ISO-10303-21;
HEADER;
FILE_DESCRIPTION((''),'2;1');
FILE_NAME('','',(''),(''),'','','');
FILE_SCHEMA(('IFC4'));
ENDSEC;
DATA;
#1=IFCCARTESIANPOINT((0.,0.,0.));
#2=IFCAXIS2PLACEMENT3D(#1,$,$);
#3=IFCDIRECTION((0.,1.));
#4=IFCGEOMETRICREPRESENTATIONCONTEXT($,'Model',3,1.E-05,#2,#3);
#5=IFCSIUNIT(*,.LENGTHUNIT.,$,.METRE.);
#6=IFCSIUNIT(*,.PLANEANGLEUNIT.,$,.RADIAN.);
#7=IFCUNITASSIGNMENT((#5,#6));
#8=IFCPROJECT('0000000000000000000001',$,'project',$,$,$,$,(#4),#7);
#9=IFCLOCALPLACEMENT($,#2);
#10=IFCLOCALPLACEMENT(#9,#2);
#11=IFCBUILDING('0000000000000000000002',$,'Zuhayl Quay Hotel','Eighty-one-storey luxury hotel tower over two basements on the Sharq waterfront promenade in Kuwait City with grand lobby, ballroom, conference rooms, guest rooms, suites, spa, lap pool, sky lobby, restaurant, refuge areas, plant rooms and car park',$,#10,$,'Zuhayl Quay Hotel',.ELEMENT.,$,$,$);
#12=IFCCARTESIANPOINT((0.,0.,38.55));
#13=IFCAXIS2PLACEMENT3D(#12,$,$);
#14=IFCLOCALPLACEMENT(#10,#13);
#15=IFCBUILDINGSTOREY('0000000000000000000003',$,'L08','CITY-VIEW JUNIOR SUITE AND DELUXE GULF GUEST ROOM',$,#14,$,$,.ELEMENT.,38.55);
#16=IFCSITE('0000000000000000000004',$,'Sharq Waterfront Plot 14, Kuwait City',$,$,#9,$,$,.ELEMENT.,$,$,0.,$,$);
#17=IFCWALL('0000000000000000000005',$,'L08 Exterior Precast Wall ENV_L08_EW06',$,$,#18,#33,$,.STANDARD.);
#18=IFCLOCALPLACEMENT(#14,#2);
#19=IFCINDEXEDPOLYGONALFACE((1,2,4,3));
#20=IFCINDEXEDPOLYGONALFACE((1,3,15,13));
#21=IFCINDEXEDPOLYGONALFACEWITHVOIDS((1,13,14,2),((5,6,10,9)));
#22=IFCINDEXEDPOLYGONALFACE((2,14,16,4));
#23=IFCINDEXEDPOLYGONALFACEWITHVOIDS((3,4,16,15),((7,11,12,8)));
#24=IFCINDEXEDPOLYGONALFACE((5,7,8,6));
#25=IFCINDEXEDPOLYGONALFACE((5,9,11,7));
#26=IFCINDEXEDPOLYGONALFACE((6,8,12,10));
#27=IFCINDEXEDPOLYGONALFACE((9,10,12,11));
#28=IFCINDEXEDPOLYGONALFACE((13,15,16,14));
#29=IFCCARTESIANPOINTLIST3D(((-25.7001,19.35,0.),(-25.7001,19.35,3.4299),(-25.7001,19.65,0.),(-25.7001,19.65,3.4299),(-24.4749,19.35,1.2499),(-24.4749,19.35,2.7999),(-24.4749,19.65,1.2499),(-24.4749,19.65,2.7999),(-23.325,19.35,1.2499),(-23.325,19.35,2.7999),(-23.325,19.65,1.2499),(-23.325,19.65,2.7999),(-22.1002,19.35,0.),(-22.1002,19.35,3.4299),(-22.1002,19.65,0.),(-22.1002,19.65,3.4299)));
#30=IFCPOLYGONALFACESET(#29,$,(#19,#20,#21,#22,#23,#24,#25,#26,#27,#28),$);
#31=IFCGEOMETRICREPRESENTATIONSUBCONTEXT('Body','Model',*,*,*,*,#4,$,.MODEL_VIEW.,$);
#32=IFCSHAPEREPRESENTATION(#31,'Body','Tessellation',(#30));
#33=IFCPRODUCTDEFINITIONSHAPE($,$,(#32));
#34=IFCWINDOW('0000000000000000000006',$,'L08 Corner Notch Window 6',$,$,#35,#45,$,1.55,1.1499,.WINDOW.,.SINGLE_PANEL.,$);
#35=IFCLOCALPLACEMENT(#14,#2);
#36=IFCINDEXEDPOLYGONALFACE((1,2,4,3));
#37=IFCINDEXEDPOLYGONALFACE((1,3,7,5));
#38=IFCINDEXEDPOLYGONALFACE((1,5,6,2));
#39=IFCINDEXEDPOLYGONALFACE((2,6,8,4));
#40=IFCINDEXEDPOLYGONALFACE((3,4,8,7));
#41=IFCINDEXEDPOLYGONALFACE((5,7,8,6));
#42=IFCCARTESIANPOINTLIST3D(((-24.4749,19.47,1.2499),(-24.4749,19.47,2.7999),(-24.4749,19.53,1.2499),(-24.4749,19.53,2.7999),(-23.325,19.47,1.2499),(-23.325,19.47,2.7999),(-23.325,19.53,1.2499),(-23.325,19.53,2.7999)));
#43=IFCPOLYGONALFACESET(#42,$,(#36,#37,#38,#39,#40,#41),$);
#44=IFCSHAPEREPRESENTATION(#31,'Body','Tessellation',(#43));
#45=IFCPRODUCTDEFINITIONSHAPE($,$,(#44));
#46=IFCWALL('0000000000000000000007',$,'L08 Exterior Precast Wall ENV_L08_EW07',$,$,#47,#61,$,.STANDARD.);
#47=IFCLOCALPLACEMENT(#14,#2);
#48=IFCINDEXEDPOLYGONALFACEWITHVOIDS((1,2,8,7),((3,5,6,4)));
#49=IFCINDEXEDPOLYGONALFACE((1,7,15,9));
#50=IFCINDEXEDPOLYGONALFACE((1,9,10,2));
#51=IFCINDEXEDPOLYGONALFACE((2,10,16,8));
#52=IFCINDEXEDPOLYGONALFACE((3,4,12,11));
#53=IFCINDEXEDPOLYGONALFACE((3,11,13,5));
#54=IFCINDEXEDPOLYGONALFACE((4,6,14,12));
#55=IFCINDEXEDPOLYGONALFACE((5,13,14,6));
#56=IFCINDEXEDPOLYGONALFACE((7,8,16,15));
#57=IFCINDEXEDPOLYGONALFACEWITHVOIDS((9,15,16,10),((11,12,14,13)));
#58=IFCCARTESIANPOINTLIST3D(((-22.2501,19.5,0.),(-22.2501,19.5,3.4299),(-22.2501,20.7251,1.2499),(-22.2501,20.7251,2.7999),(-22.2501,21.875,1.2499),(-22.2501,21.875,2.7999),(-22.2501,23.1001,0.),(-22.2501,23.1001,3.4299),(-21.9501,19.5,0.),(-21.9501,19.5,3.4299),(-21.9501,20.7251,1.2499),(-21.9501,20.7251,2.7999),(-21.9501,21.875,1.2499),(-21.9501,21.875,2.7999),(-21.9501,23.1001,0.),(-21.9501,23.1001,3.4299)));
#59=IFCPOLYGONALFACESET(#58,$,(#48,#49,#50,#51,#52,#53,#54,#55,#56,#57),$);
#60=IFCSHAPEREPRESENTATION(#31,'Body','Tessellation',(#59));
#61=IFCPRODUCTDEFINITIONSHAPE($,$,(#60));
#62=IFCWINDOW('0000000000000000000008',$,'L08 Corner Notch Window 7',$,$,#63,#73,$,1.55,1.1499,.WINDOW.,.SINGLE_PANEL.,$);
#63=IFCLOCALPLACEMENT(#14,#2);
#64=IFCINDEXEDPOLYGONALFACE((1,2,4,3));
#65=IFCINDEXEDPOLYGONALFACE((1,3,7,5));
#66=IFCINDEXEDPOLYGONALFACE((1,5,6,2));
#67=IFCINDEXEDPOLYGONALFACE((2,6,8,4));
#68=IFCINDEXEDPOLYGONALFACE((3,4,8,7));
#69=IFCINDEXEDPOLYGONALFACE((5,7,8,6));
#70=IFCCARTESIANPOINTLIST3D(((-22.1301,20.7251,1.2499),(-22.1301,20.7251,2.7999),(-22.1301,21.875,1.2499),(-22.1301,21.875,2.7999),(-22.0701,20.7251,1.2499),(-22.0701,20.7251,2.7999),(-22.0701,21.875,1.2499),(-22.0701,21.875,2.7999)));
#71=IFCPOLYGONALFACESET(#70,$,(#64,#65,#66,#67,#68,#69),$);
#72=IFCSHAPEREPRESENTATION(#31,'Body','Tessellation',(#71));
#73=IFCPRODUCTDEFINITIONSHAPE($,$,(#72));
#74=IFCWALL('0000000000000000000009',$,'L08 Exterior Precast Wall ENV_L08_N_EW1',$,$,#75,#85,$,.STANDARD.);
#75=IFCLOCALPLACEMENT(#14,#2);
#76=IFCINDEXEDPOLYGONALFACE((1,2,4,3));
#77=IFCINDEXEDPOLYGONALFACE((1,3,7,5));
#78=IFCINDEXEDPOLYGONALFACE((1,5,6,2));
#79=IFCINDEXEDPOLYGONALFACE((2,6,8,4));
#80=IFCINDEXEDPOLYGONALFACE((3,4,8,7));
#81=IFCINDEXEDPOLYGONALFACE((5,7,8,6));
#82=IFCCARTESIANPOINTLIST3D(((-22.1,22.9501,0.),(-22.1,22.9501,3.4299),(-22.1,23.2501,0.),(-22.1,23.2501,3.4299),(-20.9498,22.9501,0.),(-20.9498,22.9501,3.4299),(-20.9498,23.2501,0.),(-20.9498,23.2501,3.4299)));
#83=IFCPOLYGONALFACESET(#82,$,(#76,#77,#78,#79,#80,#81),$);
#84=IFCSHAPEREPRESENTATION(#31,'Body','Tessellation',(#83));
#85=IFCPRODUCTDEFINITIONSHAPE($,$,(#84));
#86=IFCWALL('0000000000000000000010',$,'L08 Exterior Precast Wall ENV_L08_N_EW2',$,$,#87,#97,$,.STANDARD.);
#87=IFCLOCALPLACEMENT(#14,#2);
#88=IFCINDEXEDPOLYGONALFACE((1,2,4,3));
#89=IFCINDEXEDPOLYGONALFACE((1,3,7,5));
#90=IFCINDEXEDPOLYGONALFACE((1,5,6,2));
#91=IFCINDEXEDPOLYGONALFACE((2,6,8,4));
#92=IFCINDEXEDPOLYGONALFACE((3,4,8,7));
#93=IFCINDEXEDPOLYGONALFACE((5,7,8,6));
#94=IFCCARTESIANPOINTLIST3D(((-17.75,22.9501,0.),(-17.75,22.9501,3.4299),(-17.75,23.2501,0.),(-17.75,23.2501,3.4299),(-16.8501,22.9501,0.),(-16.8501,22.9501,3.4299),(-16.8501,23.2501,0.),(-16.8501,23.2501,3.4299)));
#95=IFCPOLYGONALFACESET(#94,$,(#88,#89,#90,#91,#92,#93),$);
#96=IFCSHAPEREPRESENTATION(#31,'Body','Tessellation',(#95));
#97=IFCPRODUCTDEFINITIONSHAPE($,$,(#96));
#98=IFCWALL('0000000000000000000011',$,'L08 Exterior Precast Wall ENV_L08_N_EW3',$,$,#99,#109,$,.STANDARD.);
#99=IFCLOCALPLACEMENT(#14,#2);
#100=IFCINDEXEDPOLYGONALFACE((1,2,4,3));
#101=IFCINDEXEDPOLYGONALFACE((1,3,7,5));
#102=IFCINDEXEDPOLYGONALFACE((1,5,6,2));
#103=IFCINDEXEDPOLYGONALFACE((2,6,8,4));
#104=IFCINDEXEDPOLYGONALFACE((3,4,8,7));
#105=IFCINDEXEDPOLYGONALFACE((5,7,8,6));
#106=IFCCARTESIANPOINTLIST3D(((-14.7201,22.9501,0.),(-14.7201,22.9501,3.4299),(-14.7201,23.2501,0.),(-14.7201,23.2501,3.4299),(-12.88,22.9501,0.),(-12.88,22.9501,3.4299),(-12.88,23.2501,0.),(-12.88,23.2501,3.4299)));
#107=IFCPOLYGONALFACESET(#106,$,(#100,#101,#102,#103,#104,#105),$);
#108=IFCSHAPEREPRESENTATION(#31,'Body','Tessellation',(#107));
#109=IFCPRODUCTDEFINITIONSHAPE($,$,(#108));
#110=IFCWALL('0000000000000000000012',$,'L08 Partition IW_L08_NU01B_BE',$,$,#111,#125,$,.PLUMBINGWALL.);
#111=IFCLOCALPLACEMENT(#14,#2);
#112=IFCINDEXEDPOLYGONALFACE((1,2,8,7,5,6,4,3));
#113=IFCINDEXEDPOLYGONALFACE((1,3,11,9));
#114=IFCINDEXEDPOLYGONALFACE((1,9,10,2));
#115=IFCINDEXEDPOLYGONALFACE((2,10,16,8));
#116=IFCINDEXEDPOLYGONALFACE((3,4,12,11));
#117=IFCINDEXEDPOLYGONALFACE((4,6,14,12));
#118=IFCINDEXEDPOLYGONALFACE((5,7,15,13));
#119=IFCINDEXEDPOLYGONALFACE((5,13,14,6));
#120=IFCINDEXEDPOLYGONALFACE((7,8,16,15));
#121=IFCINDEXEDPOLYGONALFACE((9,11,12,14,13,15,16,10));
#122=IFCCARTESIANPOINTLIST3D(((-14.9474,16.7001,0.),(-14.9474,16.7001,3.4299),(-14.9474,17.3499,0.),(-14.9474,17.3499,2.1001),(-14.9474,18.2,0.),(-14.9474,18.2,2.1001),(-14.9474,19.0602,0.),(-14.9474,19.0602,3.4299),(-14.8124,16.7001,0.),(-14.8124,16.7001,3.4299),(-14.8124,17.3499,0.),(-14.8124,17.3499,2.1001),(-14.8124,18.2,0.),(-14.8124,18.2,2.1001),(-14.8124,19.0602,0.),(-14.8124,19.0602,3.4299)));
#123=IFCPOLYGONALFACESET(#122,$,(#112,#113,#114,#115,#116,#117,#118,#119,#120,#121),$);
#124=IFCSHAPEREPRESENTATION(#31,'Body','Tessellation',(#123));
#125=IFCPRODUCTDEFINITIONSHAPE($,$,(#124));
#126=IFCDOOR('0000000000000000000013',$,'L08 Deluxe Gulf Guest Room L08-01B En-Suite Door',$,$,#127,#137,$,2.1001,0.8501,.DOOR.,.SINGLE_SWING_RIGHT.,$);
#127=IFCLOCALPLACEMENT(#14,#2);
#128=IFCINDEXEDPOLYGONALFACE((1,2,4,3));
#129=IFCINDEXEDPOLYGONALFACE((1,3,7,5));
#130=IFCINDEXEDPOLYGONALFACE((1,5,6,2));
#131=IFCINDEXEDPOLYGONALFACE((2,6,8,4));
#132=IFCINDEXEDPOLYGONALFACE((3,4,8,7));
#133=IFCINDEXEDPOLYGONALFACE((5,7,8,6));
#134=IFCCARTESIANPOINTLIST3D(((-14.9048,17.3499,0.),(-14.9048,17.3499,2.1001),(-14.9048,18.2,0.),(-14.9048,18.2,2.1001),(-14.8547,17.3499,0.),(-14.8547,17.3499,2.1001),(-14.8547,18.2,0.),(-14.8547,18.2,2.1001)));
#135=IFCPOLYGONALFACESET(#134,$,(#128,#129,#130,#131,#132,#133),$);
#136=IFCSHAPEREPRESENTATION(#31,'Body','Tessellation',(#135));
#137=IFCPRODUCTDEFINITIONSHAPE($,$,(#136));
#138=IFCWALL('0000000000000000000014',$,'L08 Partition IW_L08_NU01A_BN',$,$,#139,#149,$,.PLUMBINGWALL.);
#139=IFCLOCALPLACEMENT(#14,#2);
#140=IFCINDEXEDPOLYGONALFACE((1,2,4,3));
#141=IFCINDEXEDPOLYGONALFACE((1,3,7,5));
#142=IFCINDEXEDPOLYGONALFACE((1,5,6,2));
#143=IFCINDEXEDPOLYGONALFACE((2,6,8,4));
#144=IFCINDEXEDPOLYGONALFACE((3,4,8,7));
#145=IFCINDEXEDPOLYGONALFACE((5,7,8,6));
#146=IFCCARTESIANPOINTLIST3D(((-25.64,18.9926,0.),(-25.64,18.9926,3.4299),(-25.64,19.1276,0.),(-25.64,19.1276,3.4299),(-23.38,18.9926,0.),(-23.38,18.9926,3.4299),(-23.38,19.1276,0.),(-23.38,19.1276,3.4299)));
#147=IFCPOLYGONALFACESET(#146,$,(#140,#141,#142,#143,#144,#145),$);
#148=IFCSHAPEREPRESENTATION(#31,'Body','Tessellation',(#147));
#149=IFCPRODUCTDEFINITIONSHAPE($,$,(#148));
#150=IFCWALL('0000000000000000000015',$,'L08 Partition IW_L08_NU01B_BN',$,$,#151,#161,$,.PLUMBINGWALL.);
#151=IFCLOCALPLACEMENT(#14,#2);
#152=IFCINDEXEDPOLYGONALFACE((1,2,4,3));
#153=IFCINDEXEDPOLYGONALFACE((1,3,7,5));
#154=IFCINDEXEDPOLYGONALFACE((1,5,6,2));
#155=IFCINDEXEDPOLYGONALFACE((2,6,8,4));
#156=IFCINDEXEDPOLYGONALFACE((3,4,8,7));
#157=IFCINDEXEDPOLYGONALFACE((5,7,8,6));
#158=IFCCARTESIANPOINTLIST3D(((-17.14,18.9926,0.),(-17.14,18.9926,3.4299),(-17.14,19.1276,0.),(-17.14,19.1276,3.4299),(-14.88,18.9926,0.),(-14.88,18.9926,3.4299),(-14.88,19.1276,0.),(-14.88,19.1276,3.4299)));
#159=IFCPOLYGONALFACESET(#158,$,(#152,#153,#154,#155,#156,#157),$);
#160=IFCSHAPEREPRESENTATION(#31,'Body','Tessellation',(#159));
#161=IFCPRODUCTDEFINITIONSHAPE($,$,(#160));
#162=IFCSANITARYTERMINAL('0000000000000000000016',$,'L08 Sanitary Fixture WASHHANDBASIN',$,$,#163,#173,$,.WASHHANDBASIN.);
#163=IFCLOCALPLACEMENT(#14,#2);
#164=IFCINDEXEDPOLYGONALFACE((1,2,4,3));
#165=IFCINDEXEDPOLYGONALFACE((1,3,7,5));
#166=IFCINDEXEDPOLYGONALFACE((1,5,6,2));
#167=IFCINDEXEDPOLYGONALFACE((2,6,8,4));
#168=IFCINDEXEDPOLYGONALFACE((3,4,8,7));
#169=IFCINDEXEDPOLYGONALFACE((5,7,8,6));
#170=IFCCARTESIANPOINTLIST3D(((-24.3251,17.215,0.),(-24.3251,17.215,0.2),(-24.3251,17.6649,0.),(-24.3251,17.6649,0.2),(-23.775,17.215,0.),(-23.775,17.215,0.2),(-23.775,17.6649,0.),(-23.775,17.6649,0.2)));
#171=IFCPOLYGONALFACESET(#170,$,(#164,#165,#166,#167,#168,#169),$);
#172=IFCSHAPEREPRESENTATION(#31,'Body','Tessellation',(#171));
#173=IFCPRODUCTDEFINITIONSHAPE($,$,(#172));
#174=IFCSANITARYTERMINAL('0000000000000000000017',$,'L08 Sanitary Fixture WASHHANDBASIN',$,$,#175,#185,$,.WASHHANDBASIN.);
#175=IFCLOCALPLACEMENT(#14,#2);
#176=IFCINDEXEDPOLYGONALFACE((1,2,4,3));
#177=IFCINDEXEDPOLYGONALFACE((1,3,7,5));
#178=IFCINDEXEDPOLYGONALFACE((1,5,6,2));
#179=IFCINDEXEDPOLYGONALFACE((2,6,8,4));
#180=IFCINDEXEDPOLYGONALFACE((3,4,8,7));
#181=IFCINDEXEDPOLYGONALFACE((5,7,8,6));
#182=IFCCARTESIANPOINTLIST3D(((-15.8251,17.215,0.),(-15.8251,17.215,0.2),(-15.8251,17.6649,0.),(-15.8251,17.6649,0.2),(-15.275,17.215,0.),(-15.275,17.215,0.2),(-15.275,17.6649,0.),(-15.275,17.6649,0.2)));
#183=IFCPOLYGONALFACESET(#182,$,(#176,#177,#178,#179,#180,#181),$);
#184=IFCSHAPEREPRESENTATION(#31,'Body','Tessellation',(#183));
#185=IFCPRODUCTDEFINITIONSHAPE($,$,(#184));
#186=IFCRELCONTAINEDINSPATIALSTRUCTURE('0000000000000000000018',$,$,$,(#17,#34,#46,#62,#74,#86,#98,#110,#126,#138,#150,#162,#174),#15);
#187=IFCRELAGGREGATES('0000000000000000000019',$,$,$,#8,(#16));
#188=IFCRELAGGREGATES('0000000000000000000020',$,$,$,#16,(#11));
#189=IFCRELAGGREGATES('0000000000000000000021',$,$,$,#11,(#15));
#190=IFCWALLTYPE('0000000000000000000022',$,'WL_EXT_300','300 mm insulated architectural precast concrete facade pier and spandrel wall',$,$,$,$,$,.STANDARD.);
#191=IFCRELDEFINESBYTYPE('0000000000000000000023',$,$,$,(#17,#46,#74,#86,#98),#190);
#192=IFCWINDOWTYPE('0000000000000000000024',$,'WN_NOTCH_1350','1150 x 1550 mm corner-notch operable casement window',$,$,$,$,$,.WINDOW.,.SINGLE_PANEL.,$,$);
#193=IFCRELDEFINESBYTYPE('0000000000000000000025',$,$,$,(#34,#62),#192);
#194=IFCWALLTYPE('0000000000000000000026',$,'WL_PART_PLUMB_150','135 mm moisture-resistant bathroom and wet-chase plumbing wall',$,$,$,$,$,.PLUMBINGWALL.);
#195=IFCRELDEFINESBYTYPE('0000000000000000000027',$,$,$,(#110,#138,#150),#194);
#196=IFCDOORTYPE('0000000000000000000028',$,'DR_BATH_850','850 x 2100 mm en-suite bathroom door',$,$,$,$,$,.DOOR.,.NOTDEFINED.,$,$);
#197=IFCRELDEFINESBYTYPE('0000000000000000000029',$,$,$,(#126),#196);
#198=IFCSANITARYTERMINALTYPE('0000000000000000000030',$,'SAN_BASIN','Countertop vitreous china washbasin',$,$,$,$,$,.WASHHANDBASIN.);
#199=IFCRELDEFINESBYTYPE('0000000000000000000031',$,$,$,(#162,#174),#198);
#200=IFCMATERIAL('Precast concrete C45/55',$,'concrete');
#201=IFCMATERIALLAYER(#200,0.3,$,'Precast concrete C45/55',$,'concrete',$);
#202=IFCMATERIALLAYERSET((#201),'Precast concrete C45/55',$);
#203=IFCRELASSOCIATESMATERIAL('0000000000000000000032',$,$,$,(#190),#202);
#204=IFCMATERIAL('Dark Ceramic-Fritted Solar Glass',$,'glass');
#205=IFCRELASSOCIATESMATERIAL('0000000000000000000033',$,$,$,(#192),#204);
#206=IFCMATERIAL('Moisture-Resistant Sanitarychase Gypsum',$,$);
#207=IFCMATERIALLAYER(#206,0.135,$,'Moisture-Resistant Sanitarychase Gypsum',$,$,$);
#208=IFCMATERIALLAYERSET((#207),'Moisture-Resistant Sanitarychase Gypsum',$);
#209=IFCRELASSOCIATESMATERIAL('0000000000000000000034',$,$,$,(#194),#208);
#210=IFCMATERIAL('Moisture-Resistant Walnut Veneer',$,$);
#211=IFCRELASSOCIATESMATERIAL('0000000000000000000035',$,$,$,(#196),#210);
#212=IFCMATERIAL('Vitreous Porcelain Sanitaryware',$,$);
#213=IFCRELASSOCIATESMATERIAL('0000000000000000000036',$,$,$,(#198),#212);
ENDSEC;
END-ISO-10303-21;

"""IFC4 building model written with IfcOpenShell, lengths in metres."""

from ifc_helpers import new_model, si_unit, direction, frame, frame_2d, origin, origin_2d, place, context, subcontext, project, spatial, rectangle, extrude, material, layer, layer_set, type_object, element, fill, save


model = new_model("IFC4")

# Units and contexts
model_context = context("Model", 3, precision=1e-05, world=origin(), true_north=direction((0.0, 1.0)))
body_context = subcontext(model_context, "Body", "Model", "MODEL_VIEW")
ifc_project = project(units=[si_unit("LENGTHUNIT", "METRE"), si_unit("PLANEANGLEUNIT", "RADIAN")], contexts=[model_context])

# Site, building, storey
site_placement = place(None, origin())
site = spatial("IfcSite", under=ifc_project, at=site_placement, Name="Sharq Waterfront Plot 14, Kuwait City", CompositionType="ELEMENT", RefElevation=0.0)
building_placement = place(site_placement, origin())
building = spatial("IfcBuilding", under=site, at=building_placement, Name="Zuhayl Quay Hotel", Description="Eighty-one-storey luxury hotel tower over two basements on the Sharq waterfront promenade in Kuwait City with grand lobby, ballroom, conference rooms, guest rooms, suites, spa, lap pool, sky lobby, restaurant, refuge areas, plant rooms and car park", LongName="Zuhayl Quay Hotel", CompositionType="ELEMENT")
storey_placement = place(building_placement, frame((0.0, 0.0, 38.55)))
storey = spatial("IfcBuildingStorey", under=building, at=storey_placement, Name="L08", Description="CITY-VIEW JUNIOR SUITE AND DELUXE GULF GUEST ROOM", CompositionType="ELEMENT", Elevation=38.55)

# Shared definitions
ifc_material_1 = material(Name="Dark Ceramic-Fritted Solar Glass", Category="glass")

# Walls, openings, windows
ifc_material_2 = material(Name="Precast concrete C45/55", Category="concrete")
ifc_layer_1 = layer(ifc_material_2, 0.3, Name="Precast concrete C45/55", Category="concrete")
ifc_layer_set_1 = layer_set([ifc_layer_1], Name="Precast concrete C45/55")
wall_type_1 = type_object("IfcWallType", Name="WL_EXT_300", Description="300 mm insulated architectural precast concrete facade pier and spandrel wall", PredefinedType="STANDARD", material=ifc_layer_set_1)
wall_1_placement = place(storey_placement, frame((-25.7, 19.5, 0.0), z_axis=(0.0, 0.0, 1.0), x_axis=(1.0, 0.0, 0.0)))
wall_1 = element("IfcWall", 1, at=wall_1_placement, inside=storey, type_object=wall_type_1, Name="L08 Exterior Precast Wall ENV_L08_EW06", PredefinedType="STANDARD", context=body_context, shape_type="SweptSolid", body=[
    extrude(rectangle(XDim=3.5999, YDim=0.3, at=frame_2d((1.7998, 0.0))), origin(), (0.0, 0.0, 1.0), 3.4299),
])
opening_1_placement = place(wall_1_placement, frame((1.2251, 0.0, 1.25)))
opening_1 = element("IfcOpeningElement", 2, at=opening_1_placement, cuts=wall_1, PredefinedType="OPENING", context=body_context, shape_type="SweptSolid", body=[
    extrude(rectangle(XDim=1.1499, YDim=1.55, at=frame_2d((0.575, 0.7749))), frame((0.0, 0.1599, 0.0), z_axis=(0.0, -1.0, 0.0), x_axis=(1.0, 0.0, 0.0)), (0.0, 0.0, 1.0), 0.3201),
])
window_type = type_object("IfcWindowType", Name="WN_NOTCH_1350", Description="1150 x 1550 mm corner-notch operable casement window", PartitioningType="SINGLE_PANEL", PredefinedType="WINDOW", material=ifc_material_1)
window_1_placement = place(opening_1_placement, origin())
window_1 = element("IfcWindow", 3, at=window_1_placement, inside=storey, type_object=window_type, Name="L08 Corner Notch Window 6", OverallHeight=1.55, OverallWidth=1.1499, PartitioningType="SINGLE_PANEL", PredefinedType="WINDOW", context=body_context, shape_type="SweptSolid", body=[
    extrude(rectangle(XDim=1.1499, YDim=1.55, at=frame_2d((0.575, 0.7749))), frame((0.0, 0.03, 0.0), z_axis=(0.0, -1.0, 0.0), x_axis=(1.0, 0.0, 0.0)), (0.0, 0.0, 1.0), 0.0601),
])
fill(opening_1, window_1)
wall_2_placement = place(storey_placement, frame((-22.1001, 19.5, 0.0), z_axis=(0.0, 0.0, 1.0), x_axis=(0.0, 1.0, 0.0)))
wall_2 = element("IfcWall", 4, at=wall_2_placement, inside=storey, type_object=wall_type_1, Name="L08 Exterior Precast Wall ENV_L08_EW07", PredefinedType="STANDARD", context=body_context, shape_type="SweptSolid", body=[
    extrude(rectangle(XDim=3.6001, YDim=0.3, at=frame_2d((1.8, 0.0))), origin(), (0.0, 0.0, 1.0), 3.4299),
])
opening_2_placement = place(wall_2_placement, frame((1.2251, 0.0, 1.25)))
opening_2 = element("IfcOpeningElement", 5, at=opening_2_placement, cuts=wall_2, PredefinedType="OPENING", context=body_context, shape_type="SweptSolid", body=[
    extrude(rectangle(XDim=1.1499, YDim=1.55, at=frame_2d((0.575, 0.7749))), frame((0.0, 0.1599, 0.0), z_axis=(0.0, -1.0, 0.0), x_axis=(1.0, 0.0, 0.0)), (0.0, 0.0, 1.0), 0.3201),
])
window_2_placement = place(opening_2_placement, origin())
window_2 = element("IfcWindow", 6, at=window_2_placement, inside=storey, type_object=window_type, Name="L08 Corner Notch Window 7", OverallHeight=1.55, OverallWidth=1.1499, PartitioningType="SINGLE_PANEL", PredefinedType="WINDOW", context=body_context, shape_type="SweptSolid", body=[
    extrude(rectangle(XDim=1.1499, YDim=1.55, at=frame_2d((0.575, 0.7749))), frame((0.0, 0.03, 0.0), z_axis=(0.0, -1.0, 0.0), x_axis=(1.0, 0.0, 0.0)), (0.0, 0.0, 1.0), 0.0601),
])
fill(opening_2, window_2)

# Walls
wall_3_placement = place(storey_placement, frame((-22.1001, 23.1001, 0.0), z_axis=(0.0, 0.0, 1.0), x_axis=(1.0, 0.0, 0.0)))
element("IfcWall", 7, at=wall_3_placement, inside=storey, type_object=wall_type_1, Name="L08 Exterior Precast Wall ENV_L08_N_EW1", PredefinedType="STANDARD", context=body_context, shape_type="SweptSolid", body=[
    extrude(rectangle(XDim=1.1501, YDim=0.3, at=frame_2d((0.5752, 0.0))), origin(), (0.0, 0.0, 1.0), 3.4299),
])
wall_4_placement = place(storey_placement, frame((-17.75, 23.1001, 0.0), z_axis=(0.0, 0.0, 1.0), x_axis=(1.0, 0.0, 0.0)))
element("IfcWall", 8, at=wall_4_placement, inside=storey, type_object=wall_type_1, Name="L08 Exterior Precast Wall ENV_L08_N_EW2", PredefinedType="STANDARD", context=body_context, shape_type="SweptSolid", body=[
    extrude(rectangle(XDim=0.8999, YDim=0.3, at=frame_2d((0.45, 0.0))), origin(), (0.0, 0.0, 1.0), 3.4299),
])
wall_5_placement = place(storey_placement, frame((-14.72, 23.1001, 0.0), z_axis=(0.0, 0.0, 1.0), x_axis=(1.0, 0.0, 0.0)))
element("IfcWall", 9, at=wall_5_placement, inside=storey, type_object=wall_type_1, Name="L08 Exterior Precast Wall ENV_L08_N_EW3", PredefinedType="STANDARD", context=body_context, shape_type="SweptSolid", body=[
    extrude(rectangle(XDim=1.8401, YDim=0.3, at=frame_2d((0.9199, 0.0))), origin(), (0.0, 0.0, 1.0), 3.4299),
])

# Wall, opening, door
ifc_material_3 = material(Name="Moisture-Resistant Sanitarychase Gypsum")
ifc_layer_2 = layer(ifc_material_3, 0.135, Name="Moisture-Resistant Sanitarychase Gypsum")
ifc_layer_set_2 = layer_set([ifc_layer_2], Name="Moisture-Resistant Sanitarychase Gypsum")
wall_type_2 = type_object("IfcWallType", Name="WL_PART_PLUMB_150", Description="135 mm moisture-resistant bathroom and wet-chase plumbing wall", PredefinedType="PLUMBINGWALL", material=ifc_layer_set_2)
wall_6_placement = place(storey_placement, frame((-14.8799, 16.7, 0.0), z_axis=(0.0, 0.0, 1.0), x_axis=(0.0, 1.0, 0.0)))
wall_6 = element("IfcWall", 10, at=wall_6_placement, inside=storey, type_object=wall_type_2, Name="L08 Partition IW_L08_NU01B_BE", PredefinedType="PLUMBINGWALL", context=body_context, shape_type="SweptSolid", body=[
    extrude(rectangle(XDim=2.3601, YDim=0.135, at=frame_2d((1.1802, 0.0))), origin(), (0.0, 0.0, 1.0), 3.4299),
])
opening_3_placement = place(wall_6_placement, frame((0.6499, 0.0, 0.0)))
opening_3 = element("IfcOpeningElement", 11, at=opening_3_placement, cuts=wall_6, PredefinedType="OPENING", context=body_context, shape_type="SweptSolid", body=[
    extrude(rectangle(XDim=0.8501, YDim=2.1001, at=frame_2d((0.425, 1.05))), frame((0.0, 0.0774, 0.0), z_axis=(0.0, -1.0, 0.0), x_axis=(1.0, 0.0, 0.0)), (0.0, 0.0, 1.0), 0.155),
])
ifc_material_4 = material(Name="Moisture-Resistant Walnut Veneer")
door_type = type_object("IfcDoorType", Name="DR_BATH_850", Description="850 x 2100 mm en-suite bathroom door", OperationType="NOTDEFINED", PredefinedType="DOOR", material=ifc_material_4)
door_placement = place(opening_3_placement, origin())
door = element("IfcDoor", 12, at=door_placement, inside=storey, type_object=door_type, Name="L08 Deluxe Gulf Guest Room L08-01B En-Suite Door", OperationType="SINGLE_SWING_RIGHT", OverallHeight=2.1001, OverallWidth=0.8501, PredefinedType="DOOR", context=body_context, shape_type="SweptSolid", body=[
    extrude(rectangle(XDim=0.8501, YDim=2.1001, at=frame_2d((0.425, 1.05))), frame((0.0, 0.0249, 0.0), z_axis=(0.0, -1.0, 0.0), x_axis=(1.0, 0.0, 0.0)), (0.0, 0.0, 1.0), 0.05),
])
fill(opening_3, door)

# Walls
for number, where, z_axis, x_axis, name in (
    (13, (-25.6399, 19.0601, 0.0), (0.0, 0.0, 1.0), (1.0, 0.0, 0.0), "L08 Partition IW_L08_NU01A_BN"),
    (14, (-17.1399, 19.0601, 0.0), (0.0, 0.0, 1.0), (1.0, 0.0, 0.0), "L08 Partition IW_L08_NU01B_BN"),
):
    element("IfcWall", number, at=place(storey_placement, frame(where, z_axis=z_axis, x_axis=x_axis)), inside=storey, type_object=wall_type_2, Name=name, PredefinedType="PLUMBINGWALL", context=body_context, shape_type="SweptSolid", body=[
        extrude(rectangle(XDim=2.26, YDim=0.135, at=frame_2d((1.1299, 0.0))), origin(), (0.0, 0.0, 1.0), 3.4299),
    ])

# Sanitary terminals
ifc_material_5 = material(Name="Vitreous Porcelain Sanitaryware")
sanitary_terminal_type_1 = type_object("IfcSanitaryTerminalType", Name="SAN_BASIN", Description="Countertop vitreous china washbasin", PredefinedType="WASHHANDBASIN", material=ifc_material_5)
for number, where, z_axis, x_axis, name in (
    (15, (-24.05, 17.4399, 0.0), (0.0, 0.0, 1.0), (1.0, 0.0, 0.0), "L08 Sanitary Fixture WASHHANDBASIN"),
    (16, (-15.55, 17.4399, 0.0), (0.0, 0.0, 1.0), (1.0, 0.0, 0.0), "L08 Sanitary Fixture WASHHANDBASIN"),
):
    element("IfcSanitaryTerminal", number, at=place(storey_placement, frame(where, z_axis=z_axis, x_axis=x_axis)), inside=storey, type_object=sanitary_terminal_type_1, Name=name, PredefinedType="WASHHANDBASIN", context=body_context, shape_type="SweptSolid", body=[
        extrude(rectangle(XDim=0.55, YDim=0.45, at=origin_2d()), origin(), (0.0, 0.0, 1.0), 0.2),
    ])

save(model, "model.ifc")
